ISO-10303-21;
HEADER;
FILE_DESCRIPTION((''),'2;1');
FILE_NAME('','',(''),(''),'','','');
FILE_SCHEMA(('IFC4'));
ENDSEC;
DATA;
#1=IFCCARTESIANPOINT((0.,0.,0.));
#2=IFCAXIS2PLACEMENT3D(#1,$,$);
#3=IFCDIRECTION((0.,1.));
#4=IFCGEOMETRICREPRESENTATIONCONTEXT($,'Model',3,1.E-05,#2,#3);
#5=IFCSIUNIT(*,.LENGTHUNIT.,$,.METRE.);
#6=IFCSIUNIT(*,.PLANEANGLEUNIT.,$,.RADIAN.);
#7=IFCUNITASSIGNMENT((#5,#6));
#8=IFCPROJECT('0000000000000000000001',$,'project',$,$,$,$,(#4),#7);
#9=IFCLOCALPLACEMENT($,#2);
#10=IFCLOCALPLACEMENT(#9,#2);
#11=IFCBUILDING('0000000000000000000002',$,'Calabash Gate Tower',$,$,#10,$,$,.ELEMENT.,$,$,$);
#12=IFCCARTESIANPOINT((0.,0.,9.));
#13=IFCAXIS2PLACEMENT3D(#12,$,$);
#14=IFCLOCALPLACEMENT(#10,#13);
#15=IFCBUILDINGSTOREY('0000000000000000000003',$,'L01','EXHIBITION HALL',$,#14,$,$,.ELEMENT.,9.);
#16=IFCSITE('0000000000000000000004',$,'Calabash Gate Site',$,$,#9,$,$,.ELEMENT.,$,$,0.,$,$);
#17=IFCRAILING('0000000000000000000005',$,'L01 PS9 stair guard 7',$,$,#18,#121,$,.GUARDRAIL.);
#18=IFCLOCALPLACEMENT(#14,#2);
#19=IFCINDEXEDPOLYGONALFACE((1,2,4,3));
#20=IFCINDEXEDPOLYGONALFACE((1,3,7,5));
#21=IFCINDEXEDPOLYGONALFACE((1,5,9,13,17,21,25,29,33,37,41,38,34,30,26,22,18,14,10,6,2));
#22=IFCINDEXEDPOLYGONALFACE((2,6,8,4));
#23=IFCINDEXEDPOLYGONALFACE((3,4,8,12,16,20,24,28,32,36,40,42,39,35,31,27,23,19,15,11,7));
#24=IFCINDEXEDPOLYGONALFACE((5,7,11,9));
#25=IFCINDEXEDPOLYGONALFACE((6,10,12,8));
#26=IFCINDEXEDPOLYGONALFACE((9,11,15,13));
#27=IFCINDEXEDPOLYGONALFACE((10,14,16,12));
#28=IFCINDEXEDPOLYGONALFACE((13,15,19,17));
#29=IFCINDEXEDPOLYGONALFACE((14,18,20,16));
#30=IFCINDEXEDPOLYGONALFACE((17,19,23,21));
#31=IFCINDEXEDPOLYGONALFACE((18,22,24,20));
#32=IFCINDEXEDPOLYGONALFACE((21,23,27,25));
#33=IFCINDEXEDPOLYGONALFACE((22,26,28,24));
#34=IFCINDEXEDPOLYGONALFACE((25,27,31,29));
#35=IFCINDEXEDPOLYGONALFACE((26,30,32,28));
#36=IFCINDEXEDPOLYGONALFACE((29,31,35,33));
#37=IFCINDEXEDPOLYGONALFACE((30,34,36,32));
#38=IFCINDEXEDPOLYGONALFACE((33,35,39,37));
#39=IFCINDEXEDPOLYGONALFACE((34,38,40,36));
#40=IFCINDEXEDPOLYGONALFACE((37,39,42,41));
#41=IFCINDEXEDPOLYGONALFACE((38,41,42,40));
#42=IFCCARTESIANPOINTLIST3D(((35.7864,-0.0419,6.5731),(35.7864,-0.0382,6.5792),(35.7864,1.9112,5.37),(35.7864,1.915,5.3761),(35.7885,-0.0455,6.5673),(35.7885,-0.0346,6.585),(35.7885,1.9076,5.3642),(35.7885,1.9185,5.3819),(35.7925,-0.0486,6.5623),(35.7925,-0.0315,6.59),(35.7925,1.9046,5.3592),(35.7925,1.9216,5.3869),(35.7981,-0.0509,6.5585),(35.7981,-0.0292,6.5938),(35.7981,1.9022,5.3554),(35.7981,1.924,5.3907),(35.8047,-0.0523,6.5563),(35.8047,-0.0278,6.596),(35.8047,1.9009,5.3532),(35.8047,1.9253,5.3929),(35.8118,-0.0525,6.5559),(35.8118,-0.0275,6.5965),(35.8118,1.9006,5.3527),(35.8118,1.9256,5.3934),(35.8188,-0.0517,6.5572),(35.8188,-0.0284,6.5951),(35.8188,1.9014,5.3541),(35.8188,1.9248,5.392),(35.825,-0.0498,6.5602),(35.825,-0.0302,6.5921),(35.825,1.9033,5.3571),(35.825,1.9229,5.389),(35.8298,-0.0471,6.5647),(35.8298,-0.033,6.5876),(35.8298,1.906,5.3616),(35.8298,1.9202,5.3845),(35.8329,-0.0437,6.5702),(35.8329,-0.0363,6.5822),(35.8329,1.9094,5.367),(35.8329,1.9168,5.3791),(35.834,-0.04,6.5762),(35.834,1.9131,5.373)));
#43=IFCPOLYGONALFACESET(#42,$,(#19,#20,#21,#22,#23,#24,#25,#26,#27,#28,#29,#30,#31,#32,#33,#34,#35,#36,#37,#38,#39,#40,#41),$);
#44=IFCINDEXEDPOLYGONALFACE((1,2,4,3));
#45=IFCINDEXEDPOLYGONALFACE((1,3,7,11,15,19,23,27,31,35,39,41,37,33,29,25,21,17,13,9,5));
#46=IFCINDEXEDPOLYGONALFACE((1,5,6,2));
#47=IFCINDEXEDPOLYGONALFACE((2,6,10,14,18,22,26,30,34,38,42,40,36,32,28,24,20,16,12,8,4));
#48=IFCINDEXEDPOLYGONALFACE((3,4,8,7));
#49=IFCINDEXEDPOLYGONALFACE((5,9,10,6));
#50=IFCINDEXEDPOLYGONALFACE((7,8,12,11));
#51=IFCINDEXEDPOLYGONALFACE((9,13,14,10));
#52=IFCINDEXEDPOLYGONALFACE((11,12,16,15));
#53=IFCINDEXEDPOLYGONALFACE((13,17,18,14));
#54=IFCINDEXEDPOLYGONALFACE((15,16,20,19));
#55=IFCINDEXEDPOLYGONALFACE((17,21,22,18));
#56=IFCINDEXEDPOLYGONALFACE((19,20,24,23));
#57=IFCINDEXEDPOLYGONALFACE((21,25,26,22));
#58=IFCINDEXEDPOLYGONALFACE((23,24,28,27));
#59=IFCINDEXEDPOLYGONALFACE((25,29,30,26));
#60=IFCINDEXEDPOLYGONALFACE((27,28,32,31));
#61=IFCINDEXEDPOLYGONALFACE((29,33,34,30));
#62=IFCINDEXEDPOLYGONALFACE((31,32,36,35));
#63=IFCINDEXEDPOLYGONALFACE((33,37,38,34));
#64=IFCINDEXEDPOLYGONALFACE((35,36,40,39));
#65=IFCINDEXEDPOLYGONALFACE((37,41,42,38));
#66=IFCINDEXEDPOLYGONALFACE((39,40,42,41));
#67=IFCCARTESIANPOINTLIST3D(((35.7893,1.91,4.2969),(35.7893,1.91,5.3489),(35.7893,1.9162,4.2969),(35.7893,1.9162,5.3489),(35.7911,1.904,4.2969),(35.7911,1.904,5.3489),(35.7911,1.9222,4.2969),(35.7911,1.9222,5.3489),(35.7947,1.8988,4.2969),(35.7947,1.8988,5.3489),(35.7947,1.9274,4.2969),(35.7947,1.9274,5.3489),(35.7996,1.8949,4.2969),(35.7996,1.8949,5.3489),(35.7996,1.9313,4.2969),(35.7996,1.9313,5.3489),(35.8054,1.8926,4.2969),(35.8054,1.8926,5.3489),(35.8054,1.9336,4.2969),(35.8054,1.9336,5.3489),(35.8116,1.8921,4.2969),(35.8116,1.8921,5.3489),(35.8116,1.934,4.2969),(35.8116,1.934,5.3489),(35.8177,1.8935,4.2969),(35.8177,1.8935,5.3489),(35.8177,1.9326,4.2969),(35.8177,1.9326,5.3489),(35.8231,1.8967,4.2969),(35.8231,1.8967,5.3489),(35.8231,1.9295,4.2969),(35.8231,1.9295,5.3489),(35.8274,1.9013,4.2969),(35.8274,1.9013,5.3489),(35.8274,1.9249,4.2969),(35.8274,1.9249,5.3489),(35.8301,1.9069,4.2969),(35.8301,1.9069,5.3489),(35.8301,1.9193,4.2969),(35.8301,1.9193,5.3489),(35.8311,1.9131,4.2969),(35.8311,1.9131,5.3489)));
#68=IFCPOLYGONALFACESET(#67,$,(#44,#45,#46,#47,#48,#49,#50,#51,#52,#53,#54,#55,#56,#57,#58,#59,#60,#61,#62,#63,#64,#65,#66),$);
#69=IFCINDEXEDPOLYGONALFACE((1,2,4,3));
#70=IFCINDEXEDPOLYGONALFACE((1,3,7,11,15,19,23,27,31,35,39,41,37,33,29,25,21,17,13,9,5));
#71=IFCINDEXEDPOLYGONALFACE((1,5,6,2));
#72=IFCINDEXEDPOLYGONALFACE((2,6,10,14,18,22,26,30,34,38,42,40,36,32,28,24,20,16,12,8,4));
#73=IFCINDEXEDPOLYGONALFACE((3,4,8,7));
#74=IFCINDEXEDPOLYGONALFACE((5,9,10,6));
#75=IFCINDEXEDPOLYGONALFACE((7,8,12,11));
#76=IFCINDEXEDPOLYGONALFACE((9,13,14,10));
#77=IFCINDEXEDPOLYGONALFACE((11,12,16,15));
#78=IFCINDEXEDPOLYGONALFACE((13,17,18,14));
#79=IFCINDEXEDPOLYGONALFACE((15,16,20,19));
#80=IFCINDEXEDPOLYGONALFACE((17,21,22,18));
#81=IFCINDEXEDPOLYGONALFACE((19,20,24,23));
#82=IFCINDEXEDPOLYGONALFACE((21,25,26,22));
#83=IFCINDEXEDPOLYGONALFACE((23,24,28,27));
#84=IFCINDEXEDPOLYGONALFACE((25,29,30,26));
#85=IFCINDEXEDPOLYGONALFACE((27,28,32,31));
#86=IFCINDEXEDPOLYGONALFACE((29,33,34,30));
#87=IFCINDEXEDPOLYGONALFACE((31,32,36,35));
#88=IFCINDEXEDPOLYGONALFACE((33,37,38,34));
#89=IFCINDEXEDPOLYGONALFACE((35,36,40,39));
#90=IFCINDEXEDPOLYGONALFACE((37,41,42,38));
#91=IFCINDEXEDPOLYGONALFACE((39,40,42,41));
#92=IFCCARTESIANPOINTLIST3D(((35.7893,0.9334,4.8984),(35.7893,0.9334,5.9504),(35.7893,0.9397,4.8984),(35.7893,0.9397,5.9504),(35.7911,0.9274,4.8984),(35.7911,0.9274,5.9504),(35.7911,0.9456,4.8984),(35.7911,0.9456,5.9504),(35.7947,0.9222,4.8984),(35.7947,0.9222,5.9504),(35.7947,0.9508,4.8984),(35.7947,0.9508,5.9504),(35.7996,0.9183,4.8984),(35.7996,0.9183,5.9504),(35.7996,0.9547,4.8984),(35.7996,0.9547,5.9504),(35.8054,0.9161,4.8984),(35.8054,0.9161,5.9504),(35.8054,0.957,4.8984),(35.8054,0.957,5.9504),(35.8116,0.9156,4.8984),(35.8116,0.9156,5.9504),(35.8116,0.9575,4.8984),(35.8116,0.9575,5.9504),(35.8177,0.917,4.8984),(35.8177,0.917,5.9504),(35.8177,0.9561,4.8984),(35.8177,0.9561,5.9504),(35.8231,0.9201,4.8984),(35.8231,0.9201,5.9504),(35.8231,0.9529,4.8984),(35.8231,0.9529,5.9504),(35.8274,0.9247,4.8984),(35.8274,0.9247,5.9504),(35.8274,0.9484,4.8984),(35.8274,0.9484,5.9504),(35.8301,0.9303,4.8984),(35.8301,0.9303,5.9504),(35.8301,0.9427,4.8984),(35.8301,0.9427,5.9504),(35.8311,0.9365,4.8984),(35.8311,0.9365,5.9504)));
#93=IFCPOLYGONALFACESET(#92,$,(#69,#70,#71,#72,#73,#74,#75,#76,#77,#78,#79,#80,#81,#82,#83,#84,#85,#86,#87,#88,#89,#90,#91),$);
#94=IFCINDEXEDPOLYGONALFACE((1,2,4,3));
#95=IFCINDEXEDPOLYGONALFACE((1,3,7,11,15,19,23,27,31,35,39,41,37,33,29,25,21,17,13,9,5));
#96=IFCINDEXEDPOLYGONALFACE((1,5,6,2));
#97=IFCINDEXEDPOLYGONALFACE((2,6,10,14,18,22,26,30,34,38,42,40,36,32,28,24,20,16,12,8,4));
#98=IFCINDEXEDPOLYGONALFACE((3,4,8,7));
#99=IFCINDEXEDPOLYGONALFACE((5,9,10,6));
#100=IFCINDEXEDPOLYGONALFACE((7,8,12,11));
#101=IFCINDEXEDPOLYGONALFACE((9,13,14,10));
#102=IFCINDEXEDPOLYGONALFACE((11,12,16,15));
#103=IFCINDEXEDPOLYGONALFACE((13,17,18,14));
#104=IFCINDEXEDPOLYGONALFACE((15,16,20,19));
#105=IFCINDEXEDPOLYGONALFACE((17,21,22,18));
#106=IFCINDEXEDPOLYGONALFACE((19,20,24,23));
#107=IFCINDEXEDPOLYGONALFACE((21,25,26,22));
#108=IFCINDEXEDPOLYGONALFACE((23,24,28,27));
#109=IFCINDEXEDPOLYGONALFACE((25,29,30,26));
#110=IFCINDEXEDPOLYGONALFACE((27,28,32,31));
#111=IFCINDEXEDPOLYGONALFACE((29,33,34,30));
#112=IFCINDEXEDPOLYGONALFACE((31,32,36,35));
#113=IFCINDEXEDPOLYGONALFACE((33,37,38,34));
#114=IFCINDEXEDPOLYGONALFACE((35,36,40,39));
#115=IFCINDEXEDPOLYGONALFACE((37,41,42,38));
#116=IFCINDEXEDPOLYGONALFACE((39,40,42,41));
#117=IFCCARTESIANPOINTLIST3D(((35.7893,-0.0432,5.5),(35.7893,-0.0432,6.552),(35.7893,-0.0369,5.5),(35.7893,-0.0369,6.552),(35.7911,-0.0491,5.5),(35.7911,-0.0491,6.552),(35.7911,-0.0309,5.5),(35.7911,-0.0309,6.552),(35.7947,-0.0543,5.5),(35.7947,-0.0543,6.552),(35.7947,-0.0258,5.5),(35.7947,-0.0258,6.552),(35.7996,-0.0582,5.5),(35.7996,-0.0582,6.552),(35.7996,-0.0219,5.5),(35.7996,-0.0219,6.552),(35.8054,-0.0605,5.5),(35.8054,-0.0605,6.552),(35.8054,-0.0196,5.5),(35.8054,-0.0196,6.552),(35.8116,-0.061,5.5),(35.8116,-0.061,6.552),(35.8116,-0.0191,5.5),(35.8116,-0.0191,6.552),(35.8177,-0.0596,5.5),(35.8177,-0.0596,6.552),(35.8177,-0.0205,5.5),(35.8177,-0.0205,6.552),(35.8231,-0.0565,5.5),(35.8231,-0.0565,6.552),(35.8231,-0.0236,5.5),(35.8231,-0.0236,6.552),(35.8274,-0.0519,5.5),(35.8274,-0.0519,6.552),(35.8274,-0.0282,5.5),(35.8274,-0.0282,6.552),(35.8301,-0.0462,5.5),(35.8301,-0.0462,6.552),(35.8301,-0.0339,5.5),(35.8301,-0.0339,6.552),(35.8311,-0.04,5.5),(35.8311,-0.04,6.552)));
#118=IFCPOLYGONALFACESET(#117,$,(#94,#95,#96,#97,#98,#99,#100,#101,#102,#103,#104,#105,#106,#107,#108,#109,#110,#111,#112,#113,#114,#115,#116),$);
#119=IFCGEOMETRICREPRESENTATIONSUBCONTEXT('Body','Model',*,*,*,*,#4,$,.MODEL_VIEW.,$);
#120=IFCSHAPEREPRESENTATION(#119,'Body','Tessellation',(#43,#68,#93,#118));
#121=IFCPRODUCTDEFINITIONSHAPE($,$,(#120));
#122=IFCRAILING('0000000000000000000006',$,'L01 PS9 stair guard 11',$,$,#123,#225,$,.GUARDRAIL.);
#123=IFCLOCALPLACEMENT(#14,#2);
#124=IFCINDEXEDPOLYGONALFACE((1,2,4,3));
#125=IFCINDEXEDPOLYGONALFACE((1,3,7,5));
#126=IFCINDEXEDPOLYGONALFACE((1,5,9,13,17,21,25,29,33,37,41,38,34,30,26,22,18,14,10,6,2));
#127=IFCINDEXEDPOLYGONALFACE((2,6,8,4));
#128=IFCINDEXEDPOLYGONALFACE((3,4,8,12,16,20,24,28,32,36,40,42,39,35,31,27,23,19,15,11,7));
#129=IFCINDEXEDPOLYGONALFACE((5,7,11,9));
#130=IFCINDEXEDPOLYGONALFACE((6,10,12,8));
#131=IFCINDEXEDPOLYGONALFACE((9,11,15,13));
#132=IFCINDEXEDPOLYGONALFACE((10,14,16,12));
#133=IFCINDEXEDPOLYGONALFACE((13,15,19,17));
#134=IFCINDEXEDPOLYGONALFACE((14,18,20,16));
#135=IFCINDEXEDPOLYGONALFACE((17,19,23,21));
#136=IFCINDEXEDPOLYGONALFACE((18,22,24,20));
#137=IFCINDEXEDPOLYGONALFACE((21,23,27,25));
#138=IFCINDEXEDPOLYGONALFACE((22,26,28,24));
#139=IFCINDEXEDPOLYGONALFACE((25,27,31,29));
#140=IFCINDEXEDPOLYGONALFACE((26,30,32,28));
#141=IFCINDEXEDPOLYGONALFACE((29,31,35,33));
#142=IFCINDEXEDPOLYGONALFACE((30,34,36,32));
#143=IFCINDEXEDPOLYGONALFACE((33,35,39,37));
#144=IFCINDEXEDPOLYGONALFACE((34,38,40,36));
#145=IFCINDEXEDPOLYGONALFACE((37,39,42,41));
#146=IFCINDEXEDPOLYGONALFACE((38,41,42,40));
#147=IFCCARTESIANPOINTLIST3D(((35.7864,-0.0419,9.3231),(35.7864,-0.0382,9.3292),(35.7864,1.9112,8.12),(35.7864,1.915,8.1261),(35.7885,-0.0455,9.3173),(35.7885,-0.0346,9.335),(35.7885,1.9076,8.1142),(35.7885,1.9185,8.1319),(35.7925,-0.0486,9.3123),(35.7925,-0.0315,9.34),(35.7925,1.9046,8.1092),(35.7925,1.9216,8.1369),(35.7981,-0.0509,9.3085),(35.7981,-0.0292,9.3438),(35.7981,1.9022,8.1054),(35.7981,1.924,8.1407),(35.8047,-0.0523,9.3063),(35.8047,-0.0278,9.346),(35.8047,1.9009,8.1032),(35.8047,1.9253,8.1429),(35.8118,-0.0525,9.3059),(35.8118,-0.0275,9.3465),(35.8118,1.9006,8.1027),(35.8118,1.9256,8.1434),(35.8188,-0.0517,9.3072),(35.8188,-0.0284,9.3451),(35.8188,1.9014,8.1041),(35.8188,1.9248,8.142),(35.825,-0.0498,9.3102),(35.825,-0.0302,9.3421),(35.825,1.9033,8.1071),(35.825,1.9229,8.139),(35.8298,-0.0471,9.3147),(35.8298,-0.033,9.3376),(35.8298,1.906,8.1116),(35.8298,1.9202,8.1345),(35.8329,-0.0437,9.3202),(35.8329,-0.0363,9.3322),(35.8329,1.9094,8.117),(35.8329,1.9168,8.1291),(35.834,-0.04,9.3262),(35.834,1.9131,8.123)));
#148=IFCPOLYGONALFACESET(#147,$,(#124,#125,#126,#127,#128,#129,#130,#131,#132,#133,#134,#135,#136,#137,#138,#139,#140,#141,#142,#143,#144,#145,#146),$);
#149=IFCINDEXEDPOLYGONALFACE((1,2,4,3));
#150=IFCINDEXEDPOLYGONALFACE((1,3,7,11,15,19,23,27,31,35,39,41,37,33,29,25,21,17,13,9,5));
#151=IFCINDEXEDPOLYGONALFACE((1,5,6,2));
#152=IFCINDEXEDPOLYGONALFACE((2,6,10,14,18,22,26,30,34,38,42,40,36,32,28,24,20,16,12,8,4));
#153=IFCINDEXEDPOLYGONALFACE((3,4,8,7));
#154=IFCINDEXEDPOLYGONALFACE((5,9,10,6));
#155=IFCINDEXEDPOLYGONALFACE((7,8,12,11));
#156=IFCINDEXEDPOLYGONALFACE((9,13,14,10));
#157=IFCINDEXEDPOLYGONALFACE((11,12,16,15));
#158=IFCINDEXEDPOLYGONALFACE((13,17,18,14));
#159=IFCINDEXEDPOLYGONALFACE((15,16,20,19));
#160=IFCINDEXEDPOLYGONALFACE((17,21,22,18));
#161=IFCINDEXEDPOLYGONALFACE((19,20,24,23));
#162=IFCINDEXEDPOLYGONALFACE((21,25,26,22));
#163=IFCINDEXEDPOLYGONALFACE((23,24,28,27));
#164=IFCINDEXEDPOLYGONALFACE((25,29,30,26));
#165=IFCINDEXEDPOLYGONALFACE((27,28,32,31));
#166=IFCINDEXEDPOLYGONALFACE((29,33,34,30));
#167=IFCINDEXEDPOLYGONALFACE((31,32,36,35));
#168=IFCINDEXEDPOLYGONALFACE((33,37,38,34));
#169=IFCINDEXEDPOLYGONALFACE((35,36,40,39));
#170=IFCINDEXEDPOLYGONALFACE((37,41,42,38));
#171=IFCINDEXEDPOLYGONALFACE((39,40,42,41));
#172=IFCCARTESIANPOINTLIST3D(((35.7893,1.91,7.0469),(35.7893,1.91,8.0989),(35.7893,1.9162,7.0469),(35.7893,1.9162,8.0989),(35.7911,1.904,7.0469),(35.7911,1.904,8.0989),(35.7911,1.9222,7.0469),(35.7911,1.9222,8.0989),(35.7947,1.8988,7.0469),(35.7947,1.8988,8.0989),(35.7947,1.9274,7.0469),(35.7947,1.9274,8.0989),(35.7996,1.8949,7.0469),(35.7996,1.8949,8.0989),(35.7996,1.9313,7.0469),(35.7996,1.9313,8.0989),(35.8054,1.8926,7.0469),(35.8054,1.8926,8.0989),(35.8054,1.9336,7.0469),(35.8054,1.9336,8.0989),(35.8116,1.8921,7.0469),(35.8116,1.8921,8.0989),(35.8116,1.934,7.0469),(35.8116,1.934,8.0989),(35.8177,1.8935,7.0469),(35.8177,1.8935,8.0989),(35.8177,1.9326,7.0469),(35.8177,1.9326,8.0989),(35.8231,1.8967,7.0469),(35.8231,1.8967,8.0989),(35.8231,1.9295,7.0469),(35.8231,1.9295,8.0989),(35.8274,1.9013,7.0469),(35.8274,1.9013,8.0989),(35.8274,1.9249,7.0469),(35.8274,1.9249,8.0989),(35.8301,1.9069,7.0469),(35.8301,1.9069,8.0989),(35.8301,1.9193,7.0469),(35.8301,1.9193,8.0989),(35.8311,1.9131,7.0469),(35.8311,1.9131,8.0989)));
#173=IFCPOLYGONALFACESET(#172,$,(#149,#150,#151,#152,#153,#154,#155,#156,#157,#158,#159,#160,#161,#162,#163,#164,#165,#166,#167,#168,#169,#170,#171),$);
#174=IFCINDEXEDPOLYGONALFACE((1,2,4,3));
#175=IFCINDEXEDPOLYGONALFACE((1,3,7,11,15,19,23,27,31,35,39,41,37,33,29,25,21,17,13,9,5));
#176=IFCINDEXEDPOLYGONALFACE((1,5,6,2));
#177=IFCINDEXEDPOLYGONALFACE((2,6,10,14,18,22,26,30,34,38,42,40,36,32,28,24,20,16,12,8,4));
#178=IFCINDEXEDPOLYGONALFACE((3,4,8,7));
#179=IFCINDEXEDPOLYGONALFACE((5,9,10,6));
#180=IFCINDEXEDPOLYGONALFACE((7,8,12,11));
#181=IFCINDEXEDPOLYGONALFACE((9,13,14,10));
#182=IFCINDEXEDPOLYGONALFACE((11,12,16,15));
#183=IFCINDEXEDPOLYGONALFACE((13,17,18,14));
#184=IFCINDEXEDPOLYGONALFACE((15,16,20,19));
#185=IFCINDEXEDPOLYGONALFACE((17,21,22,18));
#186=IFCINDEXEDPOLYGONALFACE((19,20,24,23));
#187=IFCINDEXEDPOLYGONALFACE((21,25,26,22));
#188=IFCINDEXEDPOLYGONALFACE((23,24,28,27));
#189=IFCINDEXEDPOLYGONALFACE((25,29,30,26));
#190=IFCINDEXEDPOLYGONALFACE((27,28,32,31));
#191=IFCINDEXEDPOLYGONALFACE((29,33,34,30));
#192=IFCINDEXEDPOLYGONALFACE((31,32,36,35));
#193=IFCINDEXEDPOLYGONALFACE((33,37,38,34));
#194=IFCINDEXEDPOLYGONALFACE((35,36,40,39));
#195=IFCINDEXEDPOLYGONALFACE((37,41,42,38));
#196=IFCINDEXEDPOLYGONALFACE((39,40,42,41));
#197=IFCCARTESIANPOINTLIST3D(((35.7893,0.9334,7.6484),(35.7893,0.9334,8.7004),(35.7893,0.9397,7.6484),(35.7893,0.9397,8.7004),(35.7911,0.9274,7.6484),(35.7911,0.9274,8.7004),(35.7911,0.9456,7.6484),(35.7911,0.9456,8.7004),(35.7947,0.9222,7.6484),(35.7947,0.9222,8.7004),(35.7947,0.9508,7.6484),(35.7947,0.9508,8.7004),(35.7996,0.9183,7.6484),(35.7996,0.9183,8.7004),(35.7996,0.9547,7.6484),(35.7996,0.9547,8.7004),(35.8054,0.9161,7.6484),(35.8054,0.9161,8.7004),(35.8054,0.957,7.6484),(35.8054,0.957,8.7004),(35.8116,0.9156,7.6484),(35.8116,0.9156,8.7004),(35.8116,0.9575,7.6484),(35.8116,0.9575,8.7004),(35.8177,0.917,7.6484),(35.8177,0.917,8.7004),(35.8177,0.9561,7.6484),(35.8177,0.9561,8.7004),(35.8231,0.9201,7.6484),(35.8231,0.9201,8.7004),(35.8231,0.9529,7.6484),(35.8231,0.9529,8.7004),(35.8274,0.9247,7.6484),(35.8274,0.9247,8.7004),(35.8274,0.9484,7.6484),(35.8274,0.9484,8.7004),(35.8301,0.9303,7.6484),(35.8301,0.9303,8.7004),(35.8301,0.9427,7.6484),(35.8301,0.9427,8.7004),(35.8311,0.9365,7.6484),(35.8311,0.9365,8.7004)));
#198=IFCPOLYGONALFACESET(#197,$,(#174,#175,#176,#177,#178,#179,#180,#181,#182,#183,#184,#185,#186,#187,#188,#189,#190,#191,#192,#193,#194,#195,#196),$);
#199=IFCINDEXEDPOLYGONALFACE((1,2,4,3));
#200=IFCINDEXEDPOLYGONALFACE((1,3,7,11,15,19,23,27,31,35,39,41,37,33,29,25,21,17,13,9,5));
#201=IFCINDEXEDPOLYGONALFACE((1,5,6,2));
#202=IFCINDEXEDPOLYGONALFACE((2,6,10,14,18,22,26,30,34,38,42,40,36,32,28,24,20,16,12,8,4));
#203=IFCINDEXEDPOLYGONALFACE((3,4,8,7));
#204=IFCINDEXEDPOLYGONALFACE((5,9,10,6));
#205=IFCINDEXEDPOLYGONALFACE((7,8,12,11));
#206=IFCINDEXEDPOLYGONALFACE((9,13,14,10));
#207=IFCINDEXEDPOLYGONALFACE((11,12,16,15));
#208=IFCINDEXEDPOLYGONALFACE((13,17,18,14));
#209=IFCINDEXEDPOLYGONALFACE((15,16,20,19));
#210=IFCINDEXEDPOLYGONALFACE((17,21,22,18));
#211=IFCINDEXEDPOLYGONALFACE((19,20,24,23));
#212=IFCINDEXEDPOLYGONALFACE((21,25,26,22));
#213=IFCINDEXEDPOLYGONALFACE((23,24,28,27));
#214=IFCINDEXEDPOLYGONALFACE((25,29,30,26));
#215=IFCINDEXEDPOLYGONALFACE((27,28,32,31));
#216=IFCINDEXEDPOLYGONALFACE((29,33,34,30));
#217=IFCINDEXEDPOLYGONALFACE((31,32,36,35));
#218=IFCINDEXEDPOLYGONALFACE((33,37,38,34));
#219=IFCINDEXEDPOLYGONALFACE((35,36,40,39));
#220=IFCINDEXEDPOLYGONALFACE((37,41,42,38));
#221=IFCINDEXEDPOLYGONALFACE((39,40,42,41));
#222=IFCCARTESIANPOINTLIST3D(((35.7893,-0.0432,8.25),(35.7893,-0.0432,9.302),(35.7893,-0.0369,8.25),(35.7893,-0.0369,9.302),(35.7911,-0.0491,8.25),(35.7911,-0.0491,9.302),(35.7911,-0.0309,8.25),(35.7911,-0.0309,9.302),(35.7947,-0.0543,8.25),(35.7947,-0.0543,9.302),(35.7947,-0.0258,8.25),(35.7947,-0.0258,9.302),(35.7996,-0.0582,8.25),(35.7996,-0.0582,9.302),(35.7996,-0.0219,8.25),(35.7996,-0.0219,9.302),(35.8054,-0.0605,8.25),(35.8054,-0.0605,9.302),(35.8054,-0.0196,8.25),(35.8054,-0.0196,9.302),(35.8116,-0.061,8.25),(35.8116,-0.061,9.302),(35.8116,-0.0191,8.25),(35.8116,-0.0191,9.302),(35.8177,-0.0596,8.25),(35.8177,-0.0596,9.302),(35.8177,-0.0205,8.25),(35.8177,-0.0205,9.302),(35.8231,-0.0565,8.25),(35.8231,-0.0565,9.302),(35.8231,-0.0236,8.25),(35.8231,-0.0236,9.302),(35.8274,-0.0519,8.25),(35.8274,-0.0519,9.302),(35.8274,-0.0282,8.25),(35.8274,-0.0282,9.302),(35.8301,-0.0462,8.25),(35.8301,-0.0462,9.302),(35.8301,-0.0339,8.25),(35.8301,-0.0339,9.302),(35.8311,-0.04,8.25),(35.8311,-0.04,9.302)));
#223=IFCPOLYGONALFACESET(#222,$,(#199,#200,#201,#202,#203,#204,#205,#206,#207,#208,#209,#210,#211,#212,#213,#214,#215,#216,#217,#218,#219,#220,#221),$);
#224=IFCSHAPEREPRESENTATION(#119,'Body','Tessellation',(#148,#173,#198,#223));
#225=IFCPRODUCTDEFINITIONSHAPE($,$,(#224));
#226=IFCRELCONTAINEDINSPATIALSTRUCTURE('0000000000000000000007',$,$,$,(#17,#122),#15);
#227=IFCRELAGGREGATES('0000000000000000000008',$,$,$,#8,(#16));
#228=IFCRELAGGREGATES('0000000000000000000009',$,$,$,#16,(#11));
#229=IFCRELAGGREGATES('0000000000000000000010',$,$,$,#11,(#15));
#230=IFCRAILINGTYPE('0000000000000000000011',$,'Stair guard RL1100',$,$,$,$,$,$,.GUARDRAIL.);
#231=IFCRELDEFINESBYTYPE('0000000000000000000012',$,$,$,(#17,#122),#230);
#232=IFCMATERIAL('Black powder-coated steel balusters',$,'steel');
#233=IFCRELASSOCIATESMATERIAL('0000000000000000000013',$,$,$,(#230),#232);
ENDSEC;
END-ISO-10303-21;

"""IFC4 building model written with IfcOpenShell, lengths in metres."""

from ifc_helpers import new_model, si_unit, direction, frame, origin, origin_2d, place, context, subcontext, project, spatial, circle, extrude, material, type_object, element, save


model = new_model("IFC4")

# Units and contexts
model_context = context("Model", 3, precision=1e-05, world=origin(), true_north=direction((0.0, 1.0)))
body_context = subcontext(model_context, "Body", "Model", "MODEL_VIEW")
ifc_project = project(units=[si_unit("LENGTHUNIT", "METRE"), si_unit("PLANEANGLEUNIT", "RADIAN")], contexts=[model_context])

# Site, building, storey
site_placement = place(None, origin())
site = spatial("IfcSite", under=ifc_project, at=site_placement, Name="Calabash Gate Site", CompositionType="ELEMENT", RefElevation=0.0)
building_placement = place(site_placement, origin())
building = spatial("IfcBuilding", under=site, at=building_placement, Name="Calabash Gate Tower", CompositionType="ELEMENT")
storey_placement = place(building_placement, frame((0.0, 0.0, 9.0)))
storey = spatial("IfcBuildingStorey", under=building, at=storey_placement, Name="L01", Description="EXHIBITION HALL", CompositionType="ELEMENT", Elevation=9.0)

# Railings
ifc_material_1 = material(Name="Black powder-coated steel balusters", Category="steel")
railing_type_1 = type_object("IfcRailingType", Name="Stair guard RL1100", PredefinedType="GUARDRAIL", material=ifc_material_1)
for number, where, name in (
    (1, (35.8101, 1.9131, 4.2969), "L01 PS9 stair guard 7"),
    (2, (35.8101, 1.9131, 7.0469), "L01 PS9 stair guard 11"),
):
    element("IfcRailing", number, at=place(storey_placement, frame(where)), inside=storey, type_object=railing_type_1, Name=name, PredefinedType="GUARDRAIL", context=body_context, shape_type="SweptSolid", body=[
        extrude(circle(Radius=0.0239, at=origin_2d()), frame((0.0, 0.0, 1.0762), z_axis=(0.0, -0.851424, 0.524477), x_axis=(1.0, 0.0, 0.0)), (0.0, 0.0, 1.0), 2.2939),
        extrude(circle(Radius=0.021, at=origin_2d()), origin(), (0.0, 0.0, 1.0), 1.052),
        extrude(circle(Radius=0.021, at=origin_2d()), frame((0.0, -0.9766, 0.6016)), (0.0, 0.0, 1.0), 1.052),
        extrude(circle(Radius=0.021, at=origin_2d()), frame((0.0, -1.9531, 1.2031)), (0.0, 0.0, 1.0), 1.052),
    ])

save(model, "model.ifc")
